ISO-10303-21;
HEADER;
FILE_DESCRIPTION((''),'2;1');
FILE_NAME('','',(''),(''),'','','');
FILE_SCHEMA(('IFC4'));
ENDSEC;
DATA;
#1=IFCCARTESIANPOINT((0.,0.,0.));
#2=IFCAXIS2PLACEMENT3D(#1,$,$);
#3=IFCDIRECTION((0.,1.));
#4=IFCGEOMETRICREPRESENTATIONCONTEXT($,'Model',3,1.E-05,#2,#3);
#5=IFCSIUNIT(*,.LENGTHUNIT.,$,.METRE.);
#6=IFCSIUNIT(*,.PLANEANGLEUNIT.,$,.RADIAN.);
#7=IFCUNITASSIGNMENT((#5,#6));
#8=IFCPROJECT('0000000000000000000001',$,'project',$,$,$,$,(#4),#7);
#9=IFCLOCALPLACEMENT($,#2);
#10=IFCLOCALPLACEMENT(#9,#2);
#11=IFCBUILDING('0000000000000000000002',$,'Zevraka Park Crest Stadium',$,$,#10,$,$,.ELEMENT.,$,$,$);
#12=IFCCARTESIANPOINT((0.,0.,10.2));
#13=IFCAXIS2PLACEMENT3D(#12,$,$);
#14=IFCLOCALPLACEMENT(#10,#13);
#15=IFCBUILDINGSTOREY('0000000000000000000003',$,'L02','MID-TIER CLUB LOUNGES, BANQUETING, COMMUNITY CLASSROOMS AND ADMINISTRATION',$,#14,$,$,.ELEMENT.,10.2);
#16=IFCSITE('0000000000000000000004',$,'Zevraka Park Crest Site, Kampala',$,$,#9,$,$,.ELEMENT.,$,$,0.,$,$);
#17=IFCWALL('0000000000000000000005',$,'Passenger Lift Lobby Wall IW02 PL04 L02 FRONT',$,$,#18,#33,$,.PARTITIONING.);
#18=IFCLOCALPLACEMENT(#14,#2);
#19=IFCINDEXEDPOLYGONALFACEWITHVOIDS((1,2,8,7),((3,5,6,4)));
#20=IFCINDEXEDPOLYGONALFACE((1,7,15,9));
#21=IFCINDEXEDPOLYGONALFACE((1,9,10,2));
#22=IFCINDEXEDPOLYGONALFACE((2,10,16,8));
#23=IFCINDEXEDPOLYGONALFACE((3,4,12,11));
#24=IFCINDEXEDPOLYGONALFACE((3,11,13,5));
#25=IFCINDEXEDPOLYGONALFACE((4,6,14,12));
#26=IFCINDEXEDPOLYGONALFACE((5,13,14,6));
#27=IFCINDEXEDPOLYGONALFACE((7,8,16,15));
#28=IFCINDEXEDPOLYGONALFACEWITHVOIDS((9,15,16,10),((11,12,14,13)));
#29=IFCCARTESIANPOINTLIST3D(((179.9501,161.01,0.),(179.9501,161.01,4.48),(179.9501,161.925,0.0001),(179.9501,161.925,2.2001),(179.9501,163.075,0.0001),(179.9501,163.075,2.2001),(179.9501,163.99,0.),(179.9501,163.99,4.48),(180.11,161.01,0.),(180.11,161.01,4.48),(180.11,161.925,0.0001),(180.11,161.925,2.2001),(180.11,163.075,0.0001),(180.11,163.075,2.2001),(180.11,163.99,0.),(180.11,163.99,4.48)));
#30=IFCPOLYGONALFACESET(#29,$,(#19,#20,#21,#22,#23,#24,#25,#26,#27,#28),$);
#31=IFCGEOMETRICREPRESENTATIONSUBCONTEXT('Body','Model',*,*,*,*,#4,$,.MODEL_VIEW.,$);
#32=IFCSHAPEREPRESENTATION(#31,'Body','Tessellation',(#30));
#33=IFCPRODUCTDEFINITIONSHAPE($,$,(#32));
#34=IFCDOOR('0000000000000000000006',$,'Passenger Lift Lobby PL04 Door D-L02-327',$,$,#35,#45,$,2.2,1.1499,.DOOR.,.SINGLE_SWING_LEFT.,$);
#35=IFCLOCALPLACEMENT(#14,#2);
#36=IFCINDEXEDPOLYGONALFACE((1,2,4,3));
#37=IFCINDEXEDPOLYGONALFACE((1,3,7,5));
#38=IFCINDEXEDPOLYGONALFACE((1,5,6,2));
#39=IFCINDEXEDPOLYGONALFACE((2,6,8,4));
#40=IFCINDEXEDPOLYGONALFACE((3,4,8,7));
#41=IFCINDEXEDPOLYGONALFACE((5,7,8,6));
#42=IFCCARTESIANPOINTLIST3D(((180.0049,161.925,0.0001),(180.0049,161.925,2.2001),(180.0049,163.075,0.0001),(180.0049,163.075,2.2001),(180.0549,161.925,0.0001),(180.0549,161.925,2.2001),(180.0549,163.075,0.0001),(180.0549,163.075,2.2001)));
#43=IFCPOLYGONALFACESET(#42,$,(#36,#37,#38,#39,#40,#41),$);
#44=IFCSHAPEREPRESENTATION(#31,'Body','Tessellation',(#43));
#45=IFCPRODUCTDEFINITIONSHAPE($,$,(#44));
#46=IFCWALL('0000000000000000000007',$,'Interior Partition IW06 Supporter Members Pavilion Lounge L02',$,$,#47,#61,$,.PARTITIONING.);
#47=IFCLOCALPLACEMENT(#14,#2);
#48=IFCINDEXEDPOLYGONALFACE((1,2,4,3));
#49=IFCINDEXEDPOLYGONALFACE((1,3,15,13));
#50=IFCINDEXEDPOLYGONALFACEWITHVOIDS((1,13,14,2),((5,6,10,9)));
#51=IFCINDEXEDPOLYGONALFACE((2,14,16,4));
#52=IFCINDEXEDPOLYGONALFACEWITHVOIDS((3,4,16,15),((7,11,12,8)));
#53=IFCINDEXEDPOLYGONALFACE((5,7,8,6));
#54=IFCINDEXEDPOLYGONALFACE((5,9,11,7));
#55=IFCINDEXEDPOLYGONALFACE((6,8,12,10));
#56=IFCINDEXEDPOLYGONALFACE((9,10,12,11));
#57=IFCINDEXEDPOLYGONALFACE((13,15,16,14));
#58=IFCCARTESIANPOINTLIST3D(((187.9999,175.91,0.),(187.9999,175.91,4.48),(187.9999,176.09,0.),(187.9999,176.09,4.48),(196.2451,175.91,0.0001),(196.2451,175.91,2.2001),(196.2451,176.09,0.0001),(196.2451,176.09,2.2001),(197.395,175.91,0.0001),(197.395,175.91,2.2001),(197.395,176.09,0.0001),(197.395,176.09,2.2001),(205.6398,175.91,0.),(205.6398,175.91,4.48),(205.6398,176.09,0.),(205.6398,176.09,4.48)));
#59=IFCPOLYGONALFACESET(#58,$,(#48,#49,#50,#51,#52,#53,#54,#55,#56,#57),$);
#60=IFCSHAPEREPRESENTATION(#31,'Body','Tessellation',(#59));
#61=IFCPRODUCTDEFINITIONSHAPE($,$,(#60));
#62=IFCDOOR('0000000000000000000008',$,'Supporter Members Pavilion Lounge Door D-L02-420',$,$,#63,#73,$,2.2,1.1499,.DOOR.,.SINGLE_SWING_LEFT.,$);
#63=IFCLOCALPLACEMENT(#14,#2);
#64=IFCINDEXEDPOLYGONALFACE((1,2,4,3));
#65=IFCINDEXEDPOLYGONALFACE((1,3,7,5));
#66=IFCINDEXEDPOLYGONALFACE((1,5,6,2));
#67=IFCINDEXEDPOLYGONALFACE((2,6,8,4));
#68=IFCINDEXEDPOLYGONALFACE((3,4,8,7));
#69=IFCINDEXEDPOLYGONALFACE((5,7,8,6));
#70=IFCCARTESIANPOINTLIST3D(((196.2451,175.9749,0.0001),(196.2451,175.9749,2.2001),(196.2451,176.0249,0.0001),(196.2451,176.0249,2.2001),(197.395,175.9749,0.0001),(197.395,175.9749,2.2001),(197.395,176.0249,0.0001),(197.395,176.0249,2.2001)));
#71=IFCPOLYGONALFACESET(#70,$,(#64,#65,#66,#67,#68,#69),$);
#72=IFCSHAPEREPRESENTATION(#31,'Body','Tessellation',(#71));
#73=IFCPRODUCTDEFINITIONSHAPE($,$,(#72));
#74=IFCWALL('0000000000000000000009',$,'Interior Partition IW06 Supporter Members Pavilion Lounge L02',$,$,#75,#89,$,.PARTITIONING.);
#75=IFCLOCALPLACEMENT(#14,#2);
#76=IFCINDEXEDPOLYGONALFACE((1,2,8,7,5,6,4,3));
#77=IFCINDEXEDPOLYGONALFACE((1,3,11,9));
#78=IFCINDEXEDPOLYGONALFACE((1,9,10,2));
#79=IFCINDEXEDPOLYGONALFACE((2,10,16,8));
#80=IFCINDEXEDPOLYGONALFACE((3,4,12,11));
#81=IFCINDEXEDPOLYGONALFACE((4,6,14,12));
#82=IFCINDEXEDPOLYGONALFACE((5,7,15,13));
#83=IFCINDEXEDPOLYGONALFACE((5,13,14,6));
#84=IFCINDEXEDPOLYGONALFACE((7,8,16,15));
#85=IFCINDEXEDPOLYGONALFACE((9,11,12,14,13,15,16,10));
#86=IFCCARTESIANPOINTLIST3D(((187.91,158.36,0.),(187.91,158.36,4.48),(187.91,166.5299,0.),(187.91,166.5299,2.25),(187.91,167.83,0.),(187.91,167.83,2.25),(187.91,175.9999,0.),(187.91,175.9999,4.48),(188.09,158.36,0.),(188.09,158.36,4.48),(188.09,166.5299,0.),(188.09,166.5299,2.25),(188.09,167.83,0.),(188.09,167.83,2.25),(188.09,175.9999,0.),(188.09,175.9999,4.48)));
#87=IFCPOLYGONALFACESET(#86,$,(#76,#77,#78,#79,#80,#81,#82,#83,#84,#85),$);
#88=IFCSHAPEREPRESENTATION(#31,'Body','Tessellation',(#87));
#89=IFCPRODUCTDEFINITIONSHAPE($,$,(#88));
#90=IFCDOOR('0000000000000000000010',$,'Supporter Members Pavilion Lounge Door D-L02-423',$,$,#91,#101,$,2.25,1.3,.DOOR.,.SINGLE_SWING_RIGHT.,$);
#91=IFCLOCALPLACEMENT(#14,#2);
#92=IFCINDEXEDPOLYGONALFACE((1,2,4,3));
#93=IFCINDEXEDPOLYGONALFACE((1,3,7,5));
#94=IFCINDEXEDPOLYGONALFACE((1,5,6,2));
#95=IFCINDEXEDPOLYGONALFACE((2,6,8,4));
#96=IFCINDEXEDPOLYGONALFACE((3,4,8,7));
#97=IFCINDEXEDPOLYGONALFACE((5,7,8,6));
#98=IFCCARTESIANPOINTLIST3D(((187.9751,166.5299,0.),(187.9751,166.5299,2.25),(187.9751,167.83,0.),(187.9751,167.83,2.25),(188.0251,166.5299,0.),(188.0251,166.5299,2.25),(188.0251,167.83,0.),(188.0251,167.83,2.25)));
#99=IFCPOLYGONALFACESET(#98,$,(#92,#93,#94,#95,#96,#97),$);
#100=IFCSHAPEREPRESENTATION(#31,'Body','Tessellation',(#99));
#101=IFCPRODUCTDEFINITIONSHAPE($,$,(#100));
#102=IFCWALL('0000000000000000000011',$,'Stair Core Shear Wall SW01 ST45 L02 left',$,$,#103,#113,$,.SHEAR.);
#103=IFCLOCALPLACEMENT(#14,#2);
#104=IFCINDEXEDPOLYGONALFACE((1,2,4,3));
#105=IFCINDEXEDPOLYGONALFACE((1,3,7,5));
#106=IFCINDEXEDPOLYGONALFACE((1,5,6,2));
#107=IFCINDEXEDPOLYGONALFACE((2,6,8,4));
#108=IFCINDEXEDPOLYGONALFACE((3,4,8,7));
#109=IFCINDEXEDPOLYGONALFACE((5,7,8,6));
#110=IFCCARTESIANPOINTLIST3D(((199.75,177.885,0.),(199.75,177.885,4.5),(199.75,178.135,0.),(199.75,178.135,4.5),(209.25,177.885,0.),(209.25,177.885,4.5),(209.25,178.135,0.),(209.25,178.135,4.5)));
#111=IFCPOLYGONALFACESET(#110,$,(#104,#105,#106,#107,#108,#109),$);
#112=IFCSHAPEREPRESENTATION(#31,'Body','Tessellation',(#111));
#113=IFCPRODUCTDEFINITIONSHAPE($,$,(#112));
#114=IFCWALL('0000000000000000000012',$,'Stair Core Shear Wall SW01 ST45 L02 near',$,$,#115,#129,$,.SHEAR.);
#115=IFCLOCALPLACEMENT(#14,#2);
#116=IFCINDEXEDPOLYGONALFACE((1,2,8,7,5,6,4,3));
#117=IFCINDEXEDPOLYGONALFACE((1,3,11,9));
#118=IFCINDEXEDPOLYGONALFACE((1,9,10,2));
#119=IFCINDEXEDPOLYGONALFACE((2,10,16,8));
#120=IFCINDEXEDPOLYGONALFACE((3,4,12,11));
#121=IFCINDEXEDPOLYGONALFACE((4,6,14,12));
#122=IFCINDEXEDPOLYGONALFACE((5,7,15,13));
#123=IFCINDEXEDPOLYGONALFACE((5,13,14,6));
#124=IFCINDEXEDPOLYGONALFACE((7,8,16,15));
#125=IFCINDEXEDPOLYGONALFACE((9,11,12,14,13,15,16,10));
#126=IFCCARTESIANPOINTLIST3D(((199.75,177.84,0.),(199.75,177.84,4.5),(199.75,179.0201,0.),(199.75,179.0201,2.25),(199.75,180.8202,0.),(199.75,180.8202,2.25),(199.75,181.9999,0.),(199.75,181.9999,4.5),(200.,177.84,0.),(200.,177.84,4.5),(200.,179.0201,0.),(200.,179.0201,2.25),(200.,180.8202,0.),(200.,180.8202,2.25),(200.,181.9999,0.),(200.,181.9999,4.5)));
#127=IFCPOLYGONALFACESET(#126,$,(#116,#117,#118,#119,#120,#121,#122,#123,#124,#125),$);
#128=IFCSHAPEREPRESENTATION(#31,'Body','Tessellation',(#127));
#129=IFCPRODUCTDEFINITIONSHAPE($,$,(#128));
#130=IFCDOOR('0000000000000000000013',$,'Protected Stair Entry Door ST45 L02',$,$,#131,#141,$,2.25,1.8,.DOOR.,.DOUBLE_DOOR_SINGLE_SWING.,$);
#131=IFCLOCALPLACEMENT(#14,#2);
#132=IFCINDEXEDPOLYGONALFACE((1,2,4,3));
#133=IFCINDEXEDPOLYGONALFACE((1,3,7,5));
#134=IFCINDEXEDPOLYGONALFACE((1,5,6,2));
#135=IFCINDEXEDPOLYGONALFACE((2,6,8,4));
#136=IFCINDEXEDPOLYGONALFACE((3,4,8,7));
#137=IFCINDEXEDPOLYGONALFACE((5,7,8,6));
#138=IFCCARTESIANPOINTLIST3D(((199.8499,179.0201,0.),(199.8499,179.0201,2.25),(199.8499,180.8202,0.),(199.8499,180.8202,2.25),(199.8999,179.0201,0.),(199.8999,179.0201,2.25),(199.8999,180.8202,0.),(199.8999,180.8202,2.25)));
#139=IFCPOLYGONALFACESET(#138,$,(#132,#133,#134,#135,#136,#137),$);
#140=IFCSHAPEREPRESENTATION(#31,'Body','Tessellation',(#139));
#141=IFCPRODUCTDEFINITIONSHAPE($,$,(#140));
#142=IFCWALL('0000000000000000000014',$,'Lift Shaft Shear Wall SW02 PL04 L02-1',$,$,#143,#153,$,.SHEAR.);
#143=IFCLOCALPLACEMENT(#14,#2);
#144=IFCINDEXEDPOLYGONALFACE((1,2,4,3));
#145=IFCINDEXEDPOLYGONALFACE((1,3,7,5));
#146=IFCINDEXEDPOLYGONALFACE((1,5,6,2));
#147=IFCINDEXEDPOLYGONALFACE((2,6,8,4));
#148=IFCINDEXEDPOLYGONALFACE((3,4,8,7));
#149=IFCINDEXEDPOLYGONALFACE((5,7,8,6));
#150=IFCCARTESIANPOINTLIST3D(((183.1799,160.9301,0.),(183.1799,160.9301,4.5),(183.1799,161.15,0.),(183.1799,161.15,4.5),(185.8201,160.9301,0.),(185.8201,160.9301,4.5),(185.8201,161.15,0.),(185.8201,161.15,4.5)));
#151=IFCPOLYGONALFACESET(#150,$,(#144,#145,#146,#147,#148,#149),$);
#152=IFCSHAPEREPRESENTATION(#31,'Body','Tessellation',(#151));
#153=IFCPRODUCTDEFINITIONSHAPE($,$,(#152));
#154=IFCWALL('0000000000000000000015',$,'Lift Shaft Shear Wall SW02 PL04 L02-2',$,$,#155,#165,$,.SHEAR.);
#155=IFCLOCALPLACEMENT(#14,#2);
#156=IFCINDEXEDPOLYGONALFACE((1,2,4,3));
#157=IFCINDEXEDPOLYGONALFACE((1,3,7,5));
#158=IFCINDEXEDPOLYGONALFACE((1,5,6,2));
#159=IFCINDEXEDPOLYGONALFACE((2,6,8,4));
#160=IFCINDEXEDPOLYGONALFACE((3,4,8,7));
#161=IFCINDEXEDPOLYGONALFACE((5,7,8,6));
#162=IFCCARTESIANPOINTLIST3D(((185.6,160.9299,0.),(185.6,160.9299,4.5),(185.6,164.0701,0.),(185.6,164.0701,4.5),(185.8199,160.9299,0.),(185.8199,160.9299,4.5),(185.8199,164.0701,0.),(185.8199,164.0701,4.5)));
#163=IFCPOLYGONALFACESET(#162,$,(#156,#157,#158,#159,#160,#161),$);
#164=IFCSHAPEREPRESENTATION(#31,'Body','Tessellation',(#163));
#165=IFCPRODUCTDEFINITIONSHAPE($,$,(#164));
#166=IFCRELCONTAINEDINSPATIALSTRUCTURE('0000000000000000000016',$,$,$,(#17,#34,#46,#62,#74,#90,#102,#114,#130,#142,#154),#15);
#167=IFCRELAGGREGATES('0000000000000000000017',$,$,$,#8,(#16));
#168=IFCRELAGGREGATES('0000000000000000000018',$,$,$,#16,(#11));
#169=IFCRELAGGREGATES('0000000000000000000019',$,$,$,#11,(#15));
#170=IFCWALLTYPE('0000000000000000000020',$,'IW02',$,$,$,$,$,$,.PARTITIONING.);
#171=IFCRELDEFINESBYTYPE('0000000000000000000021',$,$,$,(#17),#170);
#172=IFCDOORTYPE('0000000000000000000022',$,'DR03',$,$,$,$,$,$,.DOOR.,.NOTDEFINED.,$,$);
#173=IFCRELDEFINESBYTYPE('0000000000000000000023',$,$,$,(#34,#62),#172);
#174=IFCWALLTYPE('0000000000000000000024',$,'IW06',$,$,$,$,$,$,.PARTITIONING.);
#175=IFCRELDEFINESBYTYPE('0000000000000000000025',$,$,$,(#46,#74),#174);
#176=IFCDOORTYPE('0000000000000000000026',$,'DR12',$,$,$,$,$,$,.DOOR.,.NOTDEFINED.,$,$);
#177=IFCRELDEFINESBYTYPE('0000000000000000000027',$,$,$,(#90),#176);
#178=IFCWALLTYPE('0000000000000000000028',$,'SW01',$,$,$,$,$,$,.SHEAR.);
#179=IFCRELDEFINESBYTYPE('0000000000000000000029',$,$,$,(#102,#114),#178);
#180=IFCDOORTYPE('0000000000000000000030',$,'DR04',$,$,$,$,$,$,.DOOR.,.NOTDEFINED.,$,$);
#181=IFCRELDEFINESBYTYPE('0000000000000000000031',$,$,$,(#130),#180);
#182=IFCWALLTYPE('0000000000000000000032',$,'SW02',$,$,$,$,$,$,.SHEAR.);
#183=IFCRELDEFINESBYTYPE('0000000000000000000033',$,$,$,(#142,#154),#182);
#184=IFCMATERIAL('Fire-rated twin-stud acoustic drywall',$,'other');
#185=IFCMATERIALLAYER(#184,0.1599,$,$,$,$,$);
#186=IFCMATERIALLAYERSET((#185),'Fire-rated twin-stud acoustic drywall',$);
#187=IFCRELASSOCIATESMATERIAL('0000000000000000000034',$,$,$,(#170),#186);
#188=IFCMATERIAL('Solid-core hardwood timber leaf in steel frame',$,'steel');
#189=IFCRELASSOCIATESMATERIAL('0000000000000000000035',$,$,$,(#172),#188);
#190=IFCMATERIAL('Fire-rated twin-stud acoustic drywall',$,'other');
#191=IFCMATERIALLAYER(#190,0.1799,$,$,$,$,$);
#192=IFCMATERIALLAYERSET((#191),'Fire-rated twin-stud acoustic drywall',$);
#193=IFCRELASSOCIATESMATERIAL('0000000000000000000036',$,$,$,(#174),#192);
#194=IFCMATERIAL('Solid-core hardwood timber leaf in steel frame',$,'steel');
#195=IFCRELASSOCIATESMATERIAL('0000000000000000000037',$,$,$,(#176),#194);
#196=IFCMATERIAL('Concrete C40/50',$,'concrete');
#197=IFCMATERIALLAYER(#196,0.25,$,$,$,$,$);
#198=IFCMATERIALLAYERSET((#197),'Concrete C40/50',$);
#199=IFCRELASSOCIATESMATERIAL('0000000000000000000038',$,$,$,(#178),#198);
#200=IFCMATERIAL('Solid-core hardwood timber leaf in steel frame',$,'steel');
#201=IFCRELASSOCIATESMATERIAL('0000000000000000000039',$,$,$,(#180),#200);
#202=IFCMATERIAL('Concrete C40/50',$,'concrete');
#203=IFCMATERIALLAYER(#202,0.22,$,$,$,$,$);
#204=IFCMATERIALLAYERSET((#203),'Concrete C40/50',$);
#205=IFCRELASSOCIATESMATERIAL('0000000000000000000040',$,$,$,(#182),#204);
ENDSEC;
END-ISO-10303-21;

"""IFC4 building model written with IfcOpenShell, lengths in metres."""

from ifc_helpers import new_model, si_unit, direction, frame, frame_2d, origin, place, context, subcontext, project, spatial, rectangle, extrude, material, layer, layer_set, type_object, element, fill, save


model = new_model("IFC4")

# Units and contexts
model_context = context("Model", 3, precision=1e-05, world=origin(), true_north=direction((0.0, 1.0)))
body_context = subcontext(model_context, "Body", "Model", "MODEL_VIEW")
ifc_project = project(units=[si_unit("LENGTHUNIT", "METRE"), si_unit("PLANEANGLEUNIT", "RADIAN")], contexts=[model_context])

# Site, building, storey
site_placement = place(None, origin())
site = spatial("IfcSite", under=ifc_project, at=site_placement, Name="Zevraka Park Crest Site, Kampala", CompositionType="ELEMENT", RefElevation=0.0)
building_placement = place(site_placement, origin())
building = spatial("IfcBuilding", under=site, at=building_placement, Name="Zevraka Park Crest Stadium", CompositionType="ELEMENT")
storey_placement = place(building_placement, frame((0.0, 0.0, 10.2)))
storey = spatial("IfcBuildingStorey", under=building, at=storey_placement, Name="L02", Description="MID-TIER CLUB LOUNGES, BANQUETING, COMMUNITY CLASSROOMS AND ADMINISTRATION", CompositionType="ELEMENT", Elevation=10.2)

# Shared definitions
ifc_material_1 = material(Name="Fire-rated twin-stud acoustic drywall", Category="other")
ifc_layer_1 = layer(ifc_material_1, 0.1599)
ifc_layer_set_1 = layer_set([ifc_layer_1], Name="Fire-rated twin-stud acoustic drywall")
wall_type_1 = type_object("IfcWallType", Name="IW02", PredefinedType="PARTITIONING", material=ifc_layer_set_1)

# Walls, openings, doors
wall_1_placement = place(storey_placement, frame((180.03, 163.99, 0.0), z_axis=(0.0, 0.0, 1.0), x_axis=(0.0, -1.0, 0.0)))
wall_1 = element("IfcWall", 1, at=wall_1_placement, inside=storey, type_object=wall_type_1, Name="Passenger Lift Lobby Wall IW02 PL04 L02 FRONT", PredefinedType="PARTITIONING", context=body_context, shape_type="SweptSolid", body=[
    extrude(rectangle(XDim=2.98, YDim=0.1599, at=frame_2d((1.49, 0.0))), origin(), (0.0, 0.0, 1.0), 4.48),
])
opening_1_placement = place(wall_1_placement, frame((0.915, 0.0, 0.0)))
opening_1 = element("IfcOpeningElement", 2, at=opening_1_placement, cuts=wall_1, PredefinedType="OPENING", context=body_context, shape_type="SweptSolid", body=[
    extrude(rectangle(XDim=1.1499, YDim=2.2, at=frame_2d((0.575, 1.1001))), frame((0.0, 0.0898, 0.0), z_axis=(0.0, -1.0, 0.0), x_axis=(1.0, 0.0, 0.0)), (0.0, 0.0, 1.0), 0.1799),
])
ifc_material_2 = material(Name="Solid-core hardwood timber leaf in steel frame", Category="steel")
door_type_1 = type_object("IfcDoorType", Name="DR03", OperationType="NOTDEFINED", PredefinedType="DOOR", material=ifc_material_2)
door_1_placement = place(opening_1_placement, origin())
door_1 = element("IfcDoor", 3, at=door_1_placement, inside=storey, type_object=door_type_1, Name="Passenger Lift Lobby PL04 Door D-L02-327", OperationType="SINGLE_SWING_LEFT", OverallHeight=2.2, OverallWidth=1.1499, PredefinedType="DOOR", context=body_context, shape_type="SweptSolid", body=[
    extrude(rectangle(XDim=1.1499, YDim=2.2, at=frame_2d((0.575, 1.1001))), frame((0.0, 0.0249, 0.0), z_axis=(0.0, -1.0, 0.0), x_axis=(1.0, 0.0, 0.0)), (0.0, 0.0, 1.0), 0.05),
])
fill(opening_1, door_1)
ifc_material_3 = material(Name="Fire-rated twin-stud acoustic drywall", Category="other")
ifc_layer_2 = layer(ifc_material_3, 0.1799)
ifc_layer_set_2 = layer_set([ifc_layer_2], Name="Fire-rated twin-stud acoustic drywall")
wall_type_2 = type_object("IfcWallType", Name="IW06", PredefinedType="PARTITIONING", material=ifc_layer_set_2)
wall_2_placement = place(storey_placement, frame((188.0, 176.0, 0.0), z_axis=(0.0, 0.0, 1.0), x_axis=(1.0, 0.0, 0.0)))
wall_2 = element("IfcWall", 4, at=wall_2_placement, inside=storey, type_object=wall_type_2, Name="Interior Partition IW06 Supporter Members Pavilion Lounge L02", PredefinedType="PARTITIONING", context=body_context, shape_type="SweptSolid", body=[
    extrude(rectangle(XDim=17.6399, YDim=0.1799, at=frame_2d((8.8198, 0.0))), origin(), (0.0, 0.0, 1.0), 4.48),
])
opening_2_placement = place(wall_2_placement, frame((8.2451, 0.0, 0.0)))
opening_2 = element("IfcOpeningElement", 5, at=opening_2_placement, cuts=wall_2, PredefinedType="OPENING", context=body_context, shape_type="SweptSolid", body=[
    extrude(rectangle(XDim=1.1499, YDim=2.2, at=frame_2d((0.575, 1.1001))), frame((0.0, 0.0999, 0.0), z_axis=(0.0, -1.0, 0.0), x_axis=(1.0, 0.0, 0.0)), (0.0, 0.0, 1.0), 0.2),
])
door_2_placement = place(opening_2_placement, origin())
door_2 = element("IfcDoor", 6, at=door_2_placement, inside=storey, type_object=door_type_1, Name="Supporter Members Pavilion Lounge Door D-L02-420", OperationType="SINGLE_SWING_LEFT", OverallHeight=2.2, OverallWidth=1.1499, PredefinedType="DOOR", context=body_context, shape_type="SweptSolid", body=[
    extrude(rectangle(XDim=1.1499, YDim=2.2, at=frame_2d((0.575, 1.1001))), frame((0.0, 0.0249, 0.0), z_axis=(0.0, -1.0, 0.0), x_axis=(1.0, 0.0, 0.0)), (0.0, 0.0, 1.0), 0.05),
])
fill(opening_2, door_2)
wall_3_placement = place(storey_placement, frame((188.0, 158.3601, 0.0), z_axis=(0.0, 0.0, 1.0), x_axis=(0.0, 1.0, 0.0)))
wall_3 = element("IfcWall", 7, at=wall_3_placement, inside=storey, type_object=wall_type_2, Name="Interior Partition IW06 Supporter Members Pavilion Lounge L02", PredefinedType="PARTITIONING", context=body_context, shape_type="SweptSolid", body=[
    extrude(rectangle(XDim=17.6399, YDim=0.1799, at=frame_2d((8.8198, 0.0))), origin(), (0.0, 0.0, 1.0), 4.48),
])
opening_3_placement = place(wall_3_placement, frame((8.1699, 0.0, 0.0)))
opening_3 = element("IfcOpeningElement", 8, at=opening_3_placement, cuts=wall_3, PredefinedType="OPENING", context=body_context, shape_type="SweptSolid", body=[
    extrude(rectangle(XDim=1.3, YDim=2.25, at=frame_2d((0.6499, 1.125))), frame((0.0, 0.0999, 0.0), z_axis=(0.0, -1.0, 0.0), x_axis=(1.0, 0.0, 0.0)), (0.0, 0.0, 1.0), 0.2),
])
ifc_material_4 = material(Name="Solid-core hardwood timber leaf in steel frame", Category="steel")
door_type_2 = type_object("IfcDoorType", Name="DR12", OperationType="NOTDEFINED", PredefinedType="DOOR", material=ifc_material_4)
door_3_placement = place(opening_3_placement, origin())
door_3 = element("IfcDoor", 9, at=door_3_placement, inside=storey, type_object=door_type_2, Name="Supporter Members Pavilion Lounge Door D-L02-423", OperationType="SINGLE_SWING_RIGHT", OverallHeight=2.25, OverallWidth=1.3, PredefinedType="DOOR", context=body_context, shape_type="SweptSolid", body=[
    extrude(rectangle(XDim=1.3, YDim=2.25, at=frame_2d((0.6499, 1.125))), frame((0.0, 0.0249, 0.0), z_axis=(0.0, -1.0, 0.0), x_axis=(1.0, 0.0, 0.0)), (0.0, 0.0, 1.0), 0.05),
])
fill(opening_3, door_3)

# Wall
ifc_material_5 = material(Name="Concrete C40/50", Category="concrete")
ifc_layer_3 = layer(ifc_material_5, 0.25)
ifc_layer_set_3 = layer_set([ifc_layer_3], Name="Concrete C40/50")
wall_type_3 = type_object("IfcWallType", Name="SW01", PredefinedType="SHEAR", material=ifc_layer_set_3)
wall_4_placement = place(storey_placement, frame((199.75, 178.01, 0.0), z_axis=(0.0, 0.0, 1.0), x_axis=(1.0, 0.0, 0.0)))
element("IfcWall", 10, at=wall_4_placement, inside=storey, type_object=wall_type_3, Name="Stair Core Shear Wall SW01 ST45 L02 left", PredefinedType="SHEAR", context=body_context, shape_type="SweptSolid", body=[
    extrude(rectangle(XDim=9.5, YDim=0.25, at=frame_2d((4.75, 0.0))), origin(), (0.0, 0.0, 1.0), 4.5),
])

# Wall, opening, door
wall_5_placement = place(storey_placement, frame((199.875, 182.0, 0.0), z_axis=(0.0, 0.0, 1.0), x_axis=(0.0, -1.0, 0.0)))
wall_5 = element("IfcWall", 11, at=wall_5_placement, inside=storey, type_object=wall_type_3, Name="Stair Core Shear Wall SW01 ST45 L02 near", PredefinedType="SHEAR", context=body_context, shape_type="SweptSolid", body=[
    extrude(rectangle(XDim=4.1599, YDim=0.25, at=frame_2d((2.0801, 0.0))), origin(), (0.0, 0.0, 1.0), 4.5),
])
opening_4_placement = place(wall_5_placement, frame((1.1799, 0.0, 0.0)))
opening_4 = element("IfcOpeningElement", 12, at=opening_4_placement, cuts=wall_5, PredefinedType="OPENING", context=body_context, shape_type="SweptSolid", body=[
    extrude(rectangle(XDim=1.8, YDim=2.25, at=frame_2d((0.8999, 1.125))), frame((0.0, 0.135, 0.0), z_axis=(0.0, -1.0, 0.0), x_axis=(1.0, 0.0, 0.0)), (0.0, 0.0, 1.0), 0.27),
])
ifc_material_6 = material(Name="Solid-core hardwood timber leaf in steel frame", Category="steel")
door_type_3 = type_object("IfcDoorType", Name="DR04", OperationType="NOTDEFINED", PredefinedType="DOOR", material=ifc_material_6)
door_4_placement = place(opening_4_placement, origin())
door_4 = element("IfcDoor", 13, at=door_4_placement, inside=storey, type_object=door_type_3, Name="Protected Stair Entry Door ST45 L02", OperationType="DOUBLE_DOOR_SINGLE_SWING", OverallHeight=2.25, OverallWidth=1.8, PredefinedType="DOOR", context=body_context, shape_type="SweptSolid", body=[
    extrude(rectangle(XDim=1.8, YDim=2.25, at=frame_2d((0.8999, 1.125))), frame((0.0, 0.0249, 0.0), z_axis=(0.0, -1.0, 0.0), x_axis=(1.0, 0.0, 0.0)), (0.0, 0.0, 1.0), 0.05),
])
fill(opening_4, door_4)

# Walls
ifc_material_7 = material(Name="Concrete C40/50", Category="concrete")
ifc_layer_4 = layer(ifc_material_7, 0.22)
ifc_layer_set_4 = layer_set([ifc_layer_4], Name="Concrete C40/50")
wall_type_4 = type_object("IfcWallType", Name="SW02", PredefinedType="SHEAR", material=ifc_layer_set_4)
wall_6_placement = place(storey_placement, frame((183.1799, 161.04, 0.0), z_axis=(0.0, 0.0, 1.0), x_axis=(1.0, 0.0, 0.0)))
element("IfcWall", 14, at=wall_6_placement, inside=storey, type_object=wall_type_4, Name="Lift Shaft Shear Wall SW02 PL04 L02-1", PredefinedType="SHEAR", context=body_context, shape_type="SweptSolid", body=[
    extrude(rectangle(XDim=2.6401, YDim=0.22, at=frame_2d((1.3201, 0.0))), origin(), (0.0, 0.0, 1.0), 4.5),
])
wall_7_placement = place(storey_placement, frame((185.71, 160.9299, 0.0), z_axis=(0.0, 0.0, 1.0), x_axis=(0.0, 1.0, 0.0)))
element("IfcWall", 15, at=wall_7_placement, inside=storey, type_object=wall_type_4, Name="Lift Shaft Shear Wall SW02 PL04 L02-2", PredefinedType="SHEAR", context=body_context, shape_type="SweptSolid", body=[
    extrude(rectangle(XDim=3.1401, YDim=0.22, at=frame_2d((1.5701, 0.0))), origin(), (0.0, 0.0, 1.0), 4.5),
])

save(model, "model.ifc")
